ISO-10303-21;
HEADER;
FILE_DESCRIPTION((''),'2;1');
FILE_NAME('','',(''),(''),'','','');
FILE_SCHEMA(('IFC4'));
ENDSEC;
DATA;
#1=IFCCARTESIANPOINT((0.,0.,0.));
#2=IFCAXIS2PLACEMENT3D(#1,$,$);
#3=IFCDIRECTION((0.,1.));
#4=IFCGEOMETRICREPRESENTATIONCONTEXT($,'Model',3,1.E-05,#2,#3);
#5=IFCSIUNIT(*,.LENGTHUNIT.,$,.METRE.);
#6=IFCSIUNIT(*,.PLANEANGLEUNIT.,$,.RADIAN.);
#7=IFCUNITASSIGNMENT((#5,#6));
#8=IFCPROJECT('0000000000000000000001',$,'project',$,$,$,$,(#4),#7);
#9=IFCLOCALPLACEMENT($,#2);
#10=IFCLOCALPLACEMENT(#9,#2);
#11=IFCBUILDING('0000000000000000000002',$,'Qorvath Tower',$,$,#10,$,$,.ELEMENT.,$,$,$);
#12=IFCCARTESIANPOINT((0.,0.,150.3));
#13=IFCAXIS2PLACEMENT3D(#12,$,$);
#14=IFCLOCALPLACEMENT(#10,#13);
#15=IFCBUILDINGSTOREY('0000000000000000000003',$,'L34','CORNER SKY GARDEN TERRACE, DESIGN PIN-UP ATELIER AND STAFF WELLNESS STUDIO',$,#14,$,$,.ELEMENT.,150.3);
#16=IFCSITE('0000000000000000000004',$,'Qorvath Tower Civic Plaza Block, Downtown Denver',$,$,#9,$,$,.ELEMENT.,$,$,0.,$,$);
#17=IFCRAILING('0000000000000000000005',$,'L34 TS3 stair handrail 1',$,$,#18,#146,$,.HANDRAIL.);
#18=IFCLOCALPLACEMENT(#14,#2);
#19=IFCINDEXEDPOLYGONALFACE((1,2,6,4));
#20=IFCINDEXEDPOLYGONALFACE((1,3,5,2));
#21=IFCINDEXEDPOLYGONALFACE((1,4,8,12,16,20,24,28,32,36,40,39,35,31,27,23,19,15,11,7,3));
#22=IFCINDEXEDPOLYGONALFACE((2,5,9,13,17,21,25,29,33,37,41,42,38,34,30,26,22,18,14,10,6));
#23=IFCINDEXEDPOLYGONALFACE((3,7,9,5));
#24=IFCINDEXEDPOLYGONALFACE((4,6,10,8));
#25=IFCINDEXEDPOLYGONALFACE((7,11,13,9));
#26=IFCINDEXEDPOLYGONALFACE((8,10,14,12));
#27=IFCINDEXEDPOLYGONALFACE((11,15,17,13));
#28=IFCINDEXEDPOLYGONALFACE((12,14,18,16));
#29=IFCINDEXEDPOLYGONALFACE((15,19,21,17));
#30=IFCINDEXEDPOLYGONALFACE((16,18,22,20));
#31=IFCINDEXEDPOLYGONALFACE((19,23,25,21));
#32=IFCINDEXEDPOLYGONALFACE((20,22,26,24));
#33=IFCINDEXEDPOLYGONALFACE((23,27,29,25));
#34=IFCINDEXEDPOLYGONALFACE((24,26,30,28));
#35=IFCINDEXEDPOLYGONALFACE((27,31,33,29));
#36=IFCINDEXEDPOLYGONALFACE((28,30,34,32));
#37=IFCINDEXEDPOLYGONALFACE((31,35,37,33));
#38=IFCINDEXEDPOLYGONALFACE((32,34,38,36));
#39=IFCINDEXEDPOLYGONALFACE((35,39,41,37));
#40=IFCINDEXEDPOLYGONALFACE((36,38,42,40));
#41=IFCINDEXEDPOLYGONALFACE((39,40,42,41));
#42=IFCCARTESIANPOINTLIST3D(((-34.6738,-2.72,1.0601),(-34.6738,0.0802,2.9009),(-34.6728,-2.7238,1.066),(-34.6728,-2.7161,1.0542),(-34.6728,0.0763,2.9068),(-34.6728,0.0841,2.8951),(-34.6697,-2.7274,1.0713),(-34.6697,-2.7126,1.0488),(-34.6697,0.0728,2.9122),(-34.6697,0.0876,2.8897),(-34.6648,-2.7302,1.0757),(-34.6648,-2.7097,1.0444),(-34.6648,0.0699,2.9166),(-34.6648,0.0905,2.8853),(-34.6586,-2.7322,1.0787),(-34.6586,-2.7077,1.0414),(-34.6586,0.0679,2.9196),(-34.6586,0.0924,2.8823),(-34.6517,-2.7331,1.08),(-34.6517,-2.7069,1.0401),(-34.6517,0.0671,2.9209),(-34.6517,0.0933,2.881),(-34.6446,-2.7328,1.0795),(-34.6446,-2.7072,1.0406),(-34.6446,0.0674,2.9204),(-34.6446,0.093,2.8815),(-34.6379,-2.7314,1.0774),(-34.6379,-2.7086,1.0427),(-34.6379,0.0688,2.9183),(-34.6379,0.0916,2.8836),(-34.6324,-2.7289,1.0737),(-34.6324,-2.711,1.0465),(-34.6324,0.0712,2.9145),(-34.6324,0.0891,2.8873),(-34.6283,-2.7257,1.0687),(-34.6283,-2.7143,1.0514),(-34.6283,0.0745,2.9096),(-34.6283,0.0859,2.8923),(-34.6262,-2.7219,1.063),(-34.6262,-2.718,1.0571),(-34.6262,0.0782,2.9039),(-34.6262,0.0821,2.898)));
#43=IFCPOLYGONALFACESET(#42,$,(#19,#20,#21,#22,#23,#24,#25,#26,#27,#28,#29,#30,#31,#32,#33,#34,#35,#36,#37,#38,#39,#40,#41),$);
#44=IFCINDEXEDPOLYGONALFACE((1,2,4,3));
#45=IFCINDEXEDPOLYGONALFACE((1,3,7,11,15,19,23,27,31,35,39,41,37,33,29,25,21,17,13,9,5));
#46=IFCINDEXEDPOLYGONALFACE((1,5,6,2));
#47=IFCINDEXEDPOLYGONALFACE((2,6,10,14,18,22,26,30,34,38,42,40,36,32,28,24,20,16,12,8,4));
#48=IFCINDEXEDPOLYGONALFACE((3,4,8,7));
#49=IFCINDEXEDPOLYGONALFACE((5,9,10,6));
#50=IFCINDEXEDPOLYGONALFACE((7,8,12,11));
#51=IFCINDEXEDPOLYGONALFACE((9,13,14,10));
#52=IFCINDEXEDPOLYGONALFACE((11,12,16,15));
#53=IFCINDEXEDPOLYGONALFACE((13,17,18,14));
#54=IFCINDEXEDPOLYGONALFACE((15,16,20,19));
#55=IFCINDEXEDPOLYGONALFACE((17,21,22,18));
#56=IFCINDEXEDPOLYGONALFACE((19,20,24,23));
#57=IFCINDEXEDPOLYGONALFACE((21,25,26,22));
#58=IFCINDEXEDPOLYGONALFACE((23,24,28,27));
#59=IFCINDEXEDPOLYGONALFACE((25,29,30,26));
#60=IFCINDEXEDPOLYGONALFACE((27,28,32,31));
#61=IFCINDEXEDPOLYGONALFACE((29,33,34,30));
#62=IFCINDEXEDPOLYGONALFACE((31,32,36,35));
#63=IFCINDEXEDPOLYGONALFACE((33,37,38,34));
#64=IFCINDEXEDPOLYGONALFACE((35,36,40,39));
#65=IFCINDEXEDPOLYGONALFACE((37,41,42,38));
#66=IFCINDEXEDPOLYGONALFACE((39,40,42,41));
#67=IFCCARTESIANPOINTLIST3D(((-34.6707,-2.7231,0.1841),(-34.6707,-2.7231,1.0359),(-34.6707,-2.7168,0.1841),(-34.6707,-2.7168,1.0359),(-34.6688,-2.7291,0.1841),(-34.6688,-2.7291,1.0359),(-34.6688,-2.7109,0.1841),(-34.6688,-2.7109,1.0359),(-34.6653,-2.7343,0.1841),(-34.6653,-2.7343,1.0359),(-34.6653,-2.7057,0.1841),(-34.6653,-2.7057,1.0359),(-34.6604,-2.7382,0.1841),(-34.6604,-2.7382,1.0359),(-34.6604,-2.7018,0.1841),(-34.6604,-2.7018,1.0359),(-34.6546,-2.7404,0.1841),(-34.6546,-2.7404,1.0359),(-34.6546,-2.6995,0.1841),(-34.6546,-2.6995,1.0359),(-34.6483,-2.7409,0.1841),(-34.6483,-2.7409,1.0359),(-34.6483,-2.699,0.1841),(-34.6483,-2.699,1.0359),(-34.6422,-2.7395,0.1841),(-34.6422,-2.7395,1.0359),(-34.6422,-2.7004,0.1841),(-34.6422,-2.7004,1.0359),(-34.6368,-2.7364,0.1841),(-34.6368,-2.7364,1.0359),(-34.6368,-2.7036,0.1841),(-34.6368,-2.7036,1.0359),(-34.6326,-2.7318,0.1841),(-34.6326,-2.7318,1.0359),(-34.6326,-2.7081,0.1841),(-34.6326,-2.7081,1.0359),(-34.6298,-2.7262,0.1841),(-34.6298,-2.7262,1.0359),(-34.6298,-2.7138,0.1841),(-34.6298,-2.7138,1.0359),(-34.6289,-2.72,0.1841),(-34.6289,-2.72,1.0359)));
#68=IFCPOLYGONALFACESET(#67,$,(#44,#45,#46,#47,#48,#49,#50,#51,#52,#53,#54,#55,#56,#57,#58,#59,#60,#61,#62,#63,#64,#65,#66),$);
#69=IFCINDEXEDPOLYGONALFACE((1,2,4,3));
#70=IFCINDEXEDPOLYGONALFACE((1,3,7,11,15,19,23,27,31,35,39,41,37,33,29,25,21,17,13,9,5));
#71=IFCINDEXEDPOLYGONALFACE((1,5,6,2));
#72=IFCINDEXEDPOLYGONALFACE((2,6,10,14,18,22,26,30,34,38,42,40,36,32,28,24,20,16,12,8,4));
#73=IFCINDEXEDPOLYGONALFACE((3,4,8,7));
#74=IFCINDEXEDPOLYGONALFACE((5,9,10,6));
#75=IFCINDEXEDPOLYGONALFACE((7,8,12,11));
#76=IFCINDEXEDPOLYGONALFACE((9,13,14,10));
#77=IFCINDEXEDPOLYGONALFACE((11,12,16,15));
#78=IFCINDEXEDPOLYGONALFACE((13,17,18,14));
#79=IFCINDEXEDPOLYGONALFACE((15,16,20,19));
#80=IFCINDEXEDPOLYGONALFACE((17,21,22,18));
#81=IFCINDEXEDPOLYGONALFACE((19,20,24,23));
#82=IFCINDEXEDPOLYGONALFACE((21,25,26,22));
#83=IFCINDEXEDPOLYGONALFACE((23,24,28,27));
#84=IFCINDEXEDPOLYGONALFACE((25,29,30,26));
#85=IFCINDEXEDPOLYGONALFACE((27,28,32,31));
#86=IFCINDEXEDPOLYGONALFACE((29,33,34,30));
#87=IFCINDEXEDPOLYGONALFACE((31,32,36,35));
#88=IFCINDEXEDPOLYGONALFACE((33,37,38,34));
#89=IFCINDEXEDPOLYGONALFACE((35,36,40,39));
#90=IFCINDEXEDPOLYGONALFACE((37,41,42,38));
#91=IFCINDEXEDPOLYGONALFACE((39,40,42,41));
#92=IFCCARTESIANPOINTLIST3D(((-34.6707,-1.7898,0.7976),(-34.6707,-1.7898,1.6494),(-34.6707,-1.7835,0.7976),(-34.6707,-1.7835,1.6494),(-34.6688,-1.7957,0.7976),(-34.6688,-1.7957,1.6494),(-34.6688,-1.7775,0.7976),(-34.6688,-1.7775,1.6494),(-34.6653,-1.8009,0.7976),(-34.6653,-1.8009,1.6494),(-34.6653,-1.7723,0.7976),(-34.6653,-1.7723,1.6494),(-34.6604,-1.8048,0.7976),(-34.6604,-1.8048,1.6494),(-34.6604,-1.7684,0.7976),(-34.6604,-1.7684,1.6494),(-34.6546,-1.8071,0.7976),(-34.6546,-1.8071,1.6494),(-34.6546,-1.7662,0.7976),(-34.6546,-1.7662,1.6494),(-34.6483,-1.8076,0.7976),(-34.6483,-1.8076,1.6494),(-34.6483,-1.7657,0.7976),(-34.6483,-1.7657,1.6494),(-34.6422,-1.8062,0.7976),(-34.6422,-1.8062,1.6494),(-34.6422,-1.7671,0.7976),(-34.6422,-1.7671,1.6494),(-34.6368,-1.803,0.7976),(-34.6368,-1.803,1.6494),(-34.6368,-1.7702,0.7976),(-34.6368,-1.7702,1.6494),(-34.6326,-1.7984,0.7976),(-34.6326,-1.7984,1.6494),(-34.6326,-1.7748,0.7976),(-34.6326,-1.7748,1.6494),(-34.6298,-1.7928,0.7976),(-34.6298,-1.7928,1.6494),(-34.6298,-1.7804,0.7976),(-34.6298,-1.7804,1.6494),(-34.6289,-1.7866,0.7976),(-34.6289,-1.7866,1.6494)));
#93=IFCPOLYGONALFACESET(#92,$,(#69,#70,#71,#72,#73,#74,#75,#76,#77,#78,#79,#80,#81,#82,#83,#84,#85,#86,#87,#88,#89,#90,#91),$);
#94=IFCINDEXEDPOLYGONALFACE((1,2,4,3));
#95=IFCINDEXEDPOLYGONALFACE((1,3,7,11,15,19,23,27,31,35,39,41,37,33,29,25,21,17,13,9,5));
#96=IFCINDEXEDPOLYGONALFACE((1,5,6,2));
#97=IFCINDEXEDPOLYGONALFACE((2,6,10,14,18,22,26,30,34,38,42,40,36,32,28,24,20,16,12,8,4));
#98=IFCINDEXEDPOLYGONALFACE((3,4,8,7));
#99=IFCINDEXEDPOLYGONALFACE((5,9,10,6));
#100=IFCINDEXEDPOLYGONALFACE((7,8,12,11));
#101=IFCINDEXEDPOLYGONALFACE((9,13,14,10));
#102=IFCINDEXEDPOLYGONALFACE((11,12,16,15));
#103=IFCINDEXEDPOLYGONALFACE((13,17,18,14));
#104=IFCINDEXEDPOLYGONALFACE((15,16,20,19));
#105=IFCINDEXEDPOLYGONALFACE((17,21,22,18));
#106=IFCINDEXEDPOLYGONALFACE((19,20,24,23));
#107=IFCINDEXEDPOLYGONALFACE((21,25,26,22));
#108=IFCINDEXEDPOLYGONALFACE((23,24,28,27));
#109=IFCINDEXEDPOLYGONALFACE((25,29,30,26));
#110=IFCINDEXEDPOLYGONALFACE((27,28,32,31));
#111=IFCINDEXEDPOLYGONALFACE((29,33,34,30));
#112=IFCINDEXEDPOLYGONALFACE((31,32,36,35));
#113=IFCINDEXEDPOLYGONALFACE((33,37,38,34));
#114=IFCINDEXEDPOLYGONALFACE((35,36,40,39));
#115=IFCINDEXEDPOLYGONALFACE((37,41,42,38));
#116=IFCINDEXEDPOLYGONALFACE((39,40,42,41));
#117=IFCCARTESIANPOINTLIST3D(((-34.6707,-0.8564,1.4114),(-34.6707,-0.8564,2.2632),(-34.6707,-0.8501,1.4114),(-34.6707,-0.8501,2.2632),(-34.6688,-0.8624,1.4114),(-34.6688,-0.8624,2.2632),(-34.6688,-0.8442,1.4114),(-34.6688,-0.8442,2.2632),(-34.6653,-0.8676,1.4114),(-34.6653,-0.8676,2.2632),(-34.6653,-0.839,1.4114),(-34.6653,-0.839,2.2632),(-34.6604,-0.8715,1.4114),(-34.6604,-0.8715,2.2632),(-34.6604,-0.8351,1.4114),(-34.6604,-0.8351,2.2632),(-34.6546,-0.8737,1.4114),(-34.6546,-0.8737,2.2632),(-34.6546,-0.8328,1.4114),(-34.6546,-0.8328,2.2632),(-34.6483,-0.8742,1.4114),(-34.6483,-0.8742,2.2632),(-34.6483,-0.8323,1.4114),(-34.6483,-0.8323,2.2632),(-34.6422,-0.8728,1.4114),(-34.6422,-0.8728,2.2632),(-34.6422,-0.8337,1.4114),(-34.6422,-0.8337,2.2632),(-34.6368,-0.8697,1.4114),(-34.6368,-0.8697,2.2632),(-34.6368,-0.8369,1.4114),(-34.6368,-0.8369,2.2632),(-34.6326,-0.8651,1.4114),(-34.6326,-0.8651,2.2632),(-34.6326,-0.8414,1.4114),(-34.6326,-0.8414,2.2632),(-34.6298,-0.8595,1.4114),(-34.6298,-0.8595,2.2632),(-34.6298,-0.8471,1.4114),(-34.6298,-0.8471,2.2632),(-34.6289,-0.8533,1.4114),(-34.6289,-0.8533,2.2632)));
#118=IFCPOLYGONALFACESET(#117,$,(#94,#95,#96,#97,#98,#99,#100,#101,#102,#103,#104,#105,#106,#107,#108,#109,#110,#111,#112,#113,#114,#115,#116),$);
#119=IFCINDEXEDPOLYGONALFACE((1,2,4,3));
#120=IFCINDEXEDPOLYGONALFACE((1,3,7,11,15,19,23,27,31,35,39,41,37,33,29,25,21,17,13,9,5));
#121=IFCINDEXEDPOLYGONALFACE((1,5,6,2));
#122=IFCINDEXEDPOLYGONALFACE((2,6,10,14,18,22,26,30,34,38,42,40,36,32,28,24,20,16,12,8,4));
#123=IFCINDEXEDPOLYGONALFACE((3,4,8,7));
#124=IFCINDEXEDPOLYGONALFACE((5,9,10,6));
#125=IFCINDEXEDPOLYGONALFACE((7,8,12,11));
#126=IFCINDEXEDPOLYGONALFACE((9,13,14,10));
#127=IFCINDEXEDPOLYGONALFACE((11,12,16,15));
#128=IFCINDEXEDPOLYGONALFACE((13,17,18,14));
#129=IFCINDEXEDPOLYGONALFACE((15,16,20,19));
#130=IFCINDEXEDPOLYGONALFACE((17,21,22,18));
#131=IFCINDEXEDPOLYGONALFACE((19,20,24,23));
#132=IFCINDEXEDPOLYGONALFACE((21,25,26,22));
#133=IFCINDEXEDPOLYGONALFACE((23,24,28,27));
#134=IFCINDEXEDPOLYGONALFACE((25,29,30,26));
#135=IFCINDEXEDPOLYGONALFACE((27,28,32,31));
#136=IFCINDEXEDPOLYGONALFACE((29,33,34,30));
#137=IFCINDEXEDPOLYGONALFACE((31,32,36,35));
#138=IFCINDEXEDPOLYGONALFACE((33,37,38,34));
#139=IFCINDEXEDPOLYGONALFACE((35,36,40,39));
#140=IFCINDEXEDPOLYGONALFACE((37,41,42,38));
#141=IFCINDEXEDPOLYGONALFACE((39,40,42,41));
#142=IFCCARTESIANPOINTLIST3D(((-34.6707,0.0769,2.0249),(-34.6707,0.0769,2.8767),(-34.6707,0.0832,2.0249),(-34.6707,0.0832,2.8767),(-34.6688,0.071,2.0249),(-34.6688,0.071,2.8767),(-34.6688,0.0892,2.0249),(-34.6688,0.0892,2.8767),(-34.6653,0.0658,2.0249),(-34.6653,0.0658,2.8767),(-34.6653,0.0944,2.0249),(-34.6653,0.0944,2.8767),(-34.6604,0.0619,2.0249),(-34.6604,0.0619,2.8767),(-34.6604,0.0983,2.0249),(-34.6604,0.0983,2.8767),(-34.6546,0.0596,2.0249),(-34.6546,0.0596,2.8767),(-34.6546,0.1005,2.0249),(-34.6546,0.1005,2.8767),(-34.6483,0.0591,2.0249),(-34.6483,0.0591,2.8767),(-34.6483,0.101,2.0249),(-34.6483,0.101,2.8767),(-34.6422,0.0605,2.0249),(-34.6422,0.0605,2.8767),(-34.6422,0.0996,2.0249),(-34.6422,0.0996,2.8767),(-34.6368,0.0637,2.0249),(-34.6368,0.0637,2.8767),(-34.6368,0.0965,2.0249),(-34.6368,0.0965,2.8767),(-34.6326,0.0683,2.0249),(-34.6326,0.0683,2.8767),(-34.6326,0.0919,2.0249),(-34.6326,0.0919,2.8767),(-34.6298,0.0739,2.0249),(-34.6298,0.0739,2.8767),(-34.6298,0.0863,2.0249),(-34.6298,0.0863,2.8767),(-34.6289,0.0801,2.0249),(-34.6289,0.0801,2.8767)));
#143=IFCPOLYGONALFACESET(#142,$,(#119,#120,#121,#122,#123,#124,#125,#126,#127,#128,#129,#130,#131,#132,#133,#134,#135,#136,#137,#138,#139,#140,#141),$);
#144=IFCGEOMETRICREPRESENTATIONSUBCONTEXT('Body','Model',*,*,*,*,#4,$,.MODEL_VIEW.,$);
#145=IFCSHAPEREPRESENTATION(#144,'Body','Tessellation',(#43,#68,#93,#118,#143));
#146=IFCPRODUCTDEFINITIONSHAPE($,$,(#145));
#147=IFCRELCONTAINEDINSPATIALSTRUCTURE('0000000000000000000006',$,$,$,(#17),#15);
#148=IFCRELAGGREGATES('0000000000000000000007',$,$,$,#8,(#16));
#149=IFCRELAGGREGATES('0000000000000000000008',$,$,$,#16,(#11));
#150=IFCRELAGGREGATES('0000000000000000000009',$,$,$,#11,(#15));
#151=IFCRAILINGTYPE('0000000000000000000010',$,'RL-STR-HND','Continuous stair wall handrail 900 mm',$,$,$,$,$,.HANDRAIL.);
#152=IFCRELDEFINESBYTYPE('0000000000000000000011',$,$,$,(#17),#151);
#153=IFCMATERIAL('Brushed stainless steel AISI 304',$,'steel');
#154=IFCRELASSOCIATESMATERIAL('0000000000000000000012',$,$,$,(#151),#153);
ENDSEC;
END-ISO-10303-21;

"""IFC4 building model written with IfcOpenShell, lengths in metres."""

from ifc_helpers import new_model, si_unit, direction, frame, origin, origin_2d, place, context, subcontext, project, spatial, circle, extrude, material, type_object, element, save


model = new_model("IFC4")

# Units and contexts
model_context = context("Model", 3, precision=1e-05, world=origin(), true_north=direction((0.0, 1.0)))
body_context = subcontext(model_context, "Body", "Model", "MODEL_VIEW")
ifc_project = project(units=[si_unit("LENGTHUNIT", "METRE"), si_unit("PLANEANGLEUNIT", "RADIAN")], contexts=[model_context])

# Site, building, storey
site_placement = place(None, origin())
site = spatial("IfcSite", under=ifc_project, at=site_placement, Name="Qorvath Tower Civic Plaza Block, Downtown Denver", CompositionType="ELEMENT", RefElevation=0.0)
building_placement = place(site_placement, origin())
building = spatial("IfcBuilding", under=site, at=building_placement, Name="Qorvath Tower", CompositionType="ELEMENT")
storey_placement = place(building_placement, frame((0.0, 0.0, 150.3)))
storey = spatial("IfcBuildingStorey", under=building, at=storey_placement, Name="L34", Description="CORNER SKY GARDEN TERRACE, DESIGN PIN-UP ATELIER AND STAFF WELLNESS STUDIO", CompositionType="ELEMENT", Elevation=150.3)

# Railing
ifc_material_1 = material(Name="Brushed stainless steel AISI 304", Category="steel")
railing_type_1 = type_object("IfcRailingType", Name="RL-STR-HND", Description="Continuous stair wall handrail 900 mm", PredefinedType="HANDRAIL", material=ifc_material_1)
railing_1_placement = place(storey_placement, frame((-34.6499, -2.72, 0.1841)))
element("IfcRailing", 1, at=railing_1_placement, inside=storey, type_object=railing_type_1, Name="L34 TS3 stair handrail 1", PredefinedType="HANDRAIL", context=body_context, shape_type="SweptSolid", body=[
    extrude(circle(Radius=0.0239, at=origin_2d()), frame((0.0, 0.0, 0.876), z_axis=(0.0, 0.835598, 0.549342), x_axis=(-1.0, 0.0, 0.0)), (0.0, 0.0, 1.0), 3.3511),
    extrude(circle(Radius=0.021, at=origin_2d()), origin(), (0.0, 0.0, 1.0), 0.8518),
    extrude(circle(Radius=0.021, at=origin_2d()), frame((0.0, 0.9333, 0.6135)), (0.0, 0.0, 1.0), 0.8518),
    extrude(circle(Radius=0.021, at=origin_2d()), frame((0.0, 1.8667, 1.2273)), (0.0, 0.0, 1.0), 0.8518),
    extrude(circle(Radius=0.021, at=origin_2d()), frame((0.0, 2.8, 1.8408)), (0.0, 0.0, 1.0), 0.8518),
])

save(model, "model.ifc")
